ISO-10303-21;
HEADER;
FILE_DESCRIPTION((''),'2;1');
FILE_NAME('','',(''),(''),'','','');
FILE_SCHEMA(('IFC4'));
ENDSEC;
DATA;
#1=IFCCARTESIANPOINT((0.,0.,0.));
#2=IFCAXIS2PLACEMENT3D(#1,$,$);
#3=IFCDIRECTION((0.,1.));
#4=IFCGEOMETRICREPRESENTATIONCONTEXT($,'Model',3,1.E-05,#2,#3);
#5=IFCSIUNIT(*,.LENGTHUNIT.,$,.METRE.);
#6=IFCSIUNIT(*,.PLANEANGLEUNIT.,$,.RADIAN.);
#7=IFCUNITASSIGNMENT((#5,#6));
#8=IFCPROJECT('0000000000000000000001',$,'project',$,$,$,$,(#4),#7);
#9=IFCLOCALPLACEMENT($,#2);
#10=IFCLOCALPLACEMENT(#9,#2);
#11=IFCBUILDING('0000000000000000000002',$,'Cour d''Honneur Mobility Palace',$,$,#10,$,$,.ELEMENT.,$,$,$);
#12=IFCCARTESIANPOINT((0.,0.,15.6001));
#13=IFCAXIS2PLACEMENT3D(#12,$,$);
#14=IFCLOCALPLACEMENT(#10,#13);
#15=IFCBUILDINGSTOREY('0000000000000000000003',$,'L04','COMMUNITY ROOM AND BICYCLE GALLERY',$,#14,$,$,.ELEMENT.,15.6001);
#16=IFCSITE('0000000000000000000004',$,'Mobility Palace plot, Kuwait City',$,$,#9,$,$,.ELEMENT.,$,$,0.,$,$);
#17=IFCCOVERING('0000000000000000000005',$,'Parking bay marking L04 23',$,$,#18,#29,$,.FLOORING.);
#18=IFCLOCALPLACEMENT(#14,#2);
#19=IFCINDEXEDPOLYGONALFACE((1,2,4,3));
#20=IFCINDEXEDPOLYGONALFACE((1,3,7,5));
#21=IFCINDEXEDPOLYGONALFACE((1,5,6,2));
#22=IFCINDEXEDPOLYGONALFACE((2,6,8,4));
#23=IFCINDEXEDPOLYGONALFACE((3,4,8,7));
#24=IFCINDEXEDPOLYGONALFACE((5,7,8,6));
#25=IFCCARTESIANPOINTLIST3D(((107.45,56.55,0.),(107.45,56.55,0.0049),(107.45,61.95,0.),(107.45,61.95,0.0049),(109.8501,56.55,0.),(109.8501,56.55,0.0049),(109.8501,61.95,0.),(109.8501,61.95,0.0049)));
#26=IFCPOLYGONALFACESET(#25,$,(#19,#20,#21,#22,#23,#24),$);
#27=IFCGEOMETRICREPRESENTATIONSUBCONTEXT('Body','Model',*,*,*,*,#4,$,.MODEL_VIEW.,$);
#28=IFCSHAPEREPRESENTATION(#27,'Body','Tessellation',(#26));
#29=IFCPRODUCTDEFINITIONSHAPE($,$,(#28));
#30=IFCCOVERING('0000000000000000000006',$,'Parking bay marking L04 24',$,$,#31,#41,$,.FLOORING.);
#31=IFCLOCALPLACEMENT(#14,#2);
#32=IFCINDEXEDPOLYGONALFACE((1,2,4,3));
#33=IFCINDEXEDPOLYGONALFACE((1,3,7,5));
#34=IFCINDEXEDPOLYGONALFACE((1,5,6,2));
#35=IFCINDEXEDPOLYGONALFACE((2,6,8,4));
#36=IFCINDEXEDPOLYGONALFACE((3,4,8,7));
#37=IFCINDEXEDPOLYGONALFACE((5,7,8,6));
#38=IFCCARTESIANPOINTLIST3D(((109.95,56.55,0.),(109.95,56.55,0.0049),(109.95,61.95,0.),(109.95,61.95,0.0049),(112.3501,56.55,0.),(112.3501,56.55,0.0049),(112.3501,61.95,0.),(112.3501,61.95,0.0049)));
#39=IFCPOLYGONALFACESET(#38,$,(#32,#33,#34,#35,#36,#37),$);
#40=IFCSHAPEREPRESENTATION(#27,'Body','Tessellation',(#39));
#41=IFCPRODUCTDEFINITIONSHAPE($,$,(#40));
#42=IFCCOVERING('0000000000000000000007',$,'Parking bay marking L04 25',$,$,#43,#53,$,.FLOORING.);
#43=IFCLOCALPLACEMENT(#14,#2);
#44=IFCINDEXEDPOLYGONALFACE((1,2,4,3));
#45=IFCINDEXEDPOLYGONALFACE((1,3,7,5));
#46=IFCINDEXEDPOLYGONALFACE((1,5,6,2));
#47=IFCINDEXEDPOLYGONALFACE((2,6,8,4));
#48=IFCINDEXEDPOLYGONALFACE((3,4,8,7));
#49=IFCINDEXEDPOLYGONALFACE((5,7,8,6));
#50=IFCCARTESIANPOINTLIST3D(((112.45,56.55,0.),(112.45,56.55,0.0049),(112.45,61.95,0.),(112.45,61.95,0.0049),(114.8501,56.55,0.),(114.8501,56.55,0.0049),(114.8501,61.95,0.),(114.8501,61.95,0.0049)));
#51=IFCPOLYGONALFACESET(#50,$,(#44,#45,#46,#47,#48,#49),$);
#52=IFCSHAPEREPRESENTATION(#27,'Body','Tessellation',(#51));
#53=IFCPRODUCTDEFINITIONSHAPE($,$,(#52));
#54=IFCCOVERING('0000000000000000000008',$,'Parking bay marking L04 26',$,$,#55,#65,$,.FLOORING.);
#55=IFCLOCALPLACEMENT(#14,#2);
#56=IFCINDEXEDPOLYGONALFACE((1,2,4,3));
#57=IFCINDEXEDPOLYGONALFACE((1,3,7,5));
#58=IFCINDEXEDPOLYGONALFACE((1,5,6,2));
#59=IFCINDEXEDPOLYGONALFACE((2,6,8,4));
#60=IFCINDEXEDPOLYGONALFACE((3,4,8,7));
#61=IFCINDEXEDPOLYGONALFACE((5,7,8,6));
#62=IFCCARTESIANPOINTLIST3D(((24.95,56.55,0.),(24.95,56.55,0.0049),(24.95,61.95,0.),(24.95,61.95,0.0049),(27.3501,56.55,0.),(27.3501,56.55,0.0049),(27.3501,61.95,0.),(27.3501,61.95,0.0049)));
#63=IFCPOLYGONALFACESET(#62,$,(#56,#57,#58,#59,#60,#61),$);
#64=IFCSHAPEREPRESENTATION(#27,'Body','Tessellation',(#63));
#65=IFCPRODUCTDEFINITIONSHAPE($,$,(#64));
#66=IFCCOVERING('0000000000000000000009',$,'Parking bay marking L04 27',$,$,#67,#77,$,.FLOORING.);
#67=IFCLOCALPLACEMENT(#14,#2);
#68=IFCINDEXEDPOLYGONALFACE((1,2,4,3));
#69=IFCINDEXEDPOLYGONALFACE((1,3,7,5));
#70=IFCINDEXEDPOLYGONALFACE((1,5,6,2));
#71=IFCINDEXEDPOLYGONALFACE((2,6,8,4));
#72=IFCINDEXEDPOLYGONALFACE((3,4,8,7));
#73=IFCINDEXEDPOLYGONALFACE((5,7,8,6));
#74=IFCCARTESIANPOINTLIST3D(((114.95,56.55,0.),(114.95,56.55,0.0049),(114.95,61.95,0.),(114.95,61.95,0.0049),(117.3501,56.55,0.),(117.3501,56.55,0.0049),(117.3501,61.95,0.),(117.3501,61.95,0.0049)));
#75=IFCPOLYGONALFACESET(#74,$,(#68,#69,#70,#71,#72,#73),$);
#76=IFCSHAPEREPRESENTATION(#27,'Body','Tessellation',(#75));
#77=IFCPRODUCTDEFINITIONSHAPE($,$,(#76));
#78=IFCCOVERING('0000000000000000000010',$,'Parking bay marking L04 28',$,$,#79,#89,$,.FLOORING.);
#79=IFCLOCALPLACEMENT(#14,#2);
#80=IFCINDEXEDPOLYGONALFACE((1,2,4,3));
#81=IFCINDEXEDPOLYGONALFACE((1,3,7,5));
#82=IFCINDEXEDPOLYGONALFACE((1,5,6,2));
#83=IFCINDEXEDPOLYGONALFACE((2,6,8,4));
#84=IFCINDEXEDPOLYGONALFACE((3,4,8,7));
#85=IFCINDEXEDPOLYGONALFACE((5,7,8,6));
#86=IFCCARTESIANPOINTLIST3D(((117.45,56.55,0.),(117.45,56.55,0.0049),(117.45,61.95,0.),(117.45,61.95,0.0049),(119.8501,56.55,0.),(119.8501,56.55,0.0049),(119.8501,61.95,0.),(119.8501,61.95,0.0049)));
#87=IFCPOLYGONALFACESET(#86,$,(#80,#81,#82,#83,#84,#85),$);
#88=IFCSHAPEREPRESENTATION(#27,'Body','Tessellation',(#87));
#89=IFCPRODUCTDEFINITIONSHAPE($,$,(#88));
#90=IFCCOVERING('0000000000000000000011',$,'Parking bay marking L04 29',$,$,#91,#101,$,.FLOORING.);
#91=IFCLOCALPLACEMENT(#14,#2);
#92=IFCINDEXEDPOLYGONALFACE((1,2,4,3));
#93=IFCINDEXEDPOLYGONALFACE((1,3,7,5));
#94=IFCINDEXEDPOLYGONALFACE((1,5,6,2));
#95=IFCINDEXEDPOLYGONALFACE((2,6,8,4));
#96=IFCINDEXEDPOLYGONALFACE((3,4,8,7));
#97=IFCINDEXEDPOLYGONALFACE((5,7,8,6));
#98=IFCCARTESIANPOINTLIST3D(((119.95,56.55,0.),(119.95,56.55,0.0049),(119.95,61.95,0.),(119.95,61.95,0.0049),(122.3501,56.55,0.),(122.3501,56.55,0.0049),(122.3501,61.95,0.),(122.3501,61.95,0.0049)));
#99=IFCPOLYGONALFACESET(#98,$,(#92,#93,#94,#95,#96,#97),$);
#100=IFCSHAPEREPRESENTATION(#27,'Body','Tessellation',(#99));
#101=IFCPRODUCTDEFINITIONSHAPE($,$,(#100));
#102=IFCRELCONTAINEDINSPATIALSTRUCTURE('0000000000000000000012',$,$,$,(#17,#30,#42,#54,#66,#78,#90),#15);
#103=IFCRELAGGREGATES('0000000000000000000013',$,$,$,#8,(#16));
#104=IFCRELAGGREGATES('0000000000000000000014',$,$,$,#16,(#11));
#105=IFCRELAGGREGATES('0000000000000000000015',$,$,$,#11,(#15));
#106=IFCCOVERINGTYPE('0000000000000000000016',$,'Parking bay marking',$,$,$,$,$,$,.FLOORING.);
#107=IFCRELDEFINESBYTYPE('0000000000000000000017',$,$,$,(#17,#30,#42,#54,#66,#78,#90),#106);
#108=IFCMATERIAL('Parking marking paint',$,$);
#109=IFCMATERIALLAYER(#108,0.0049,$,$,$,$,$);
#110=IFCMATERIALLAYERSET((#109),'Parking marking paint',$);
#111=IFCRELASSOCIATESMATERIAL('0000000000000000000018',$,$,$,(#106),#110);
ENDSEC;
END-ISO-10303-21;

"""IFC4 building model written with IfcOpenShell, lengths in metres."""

from ifc_helpers import new_model, si_unit, direction, frame, origin, place, context, subcontext, project, spatial, polyline, outline, extrude, material, layer, layer_set, type_object, element, save


model = new_model("IFC4")

# Units and contexts
model_context = context("Model", 3, precision=1e-05, world=origin(), true_north=direction((0.0, 1.0)))
body_context = subcontext(model_context, "Body", "Model", "MODEL_VIEW")
ifc_project = project(units=[si_unit("LENGTHUNIT", "METRE"), si_unit("PLANEANGLEUNIT", "RADIAN")], contexts=[model_context])

# Site, building, storey
site_placement = place(None, origin())
site = spatial("IfcSite", under=ifc_project, at=site_placement, Name="Mobility Palace plot, Kuwait City", CompositionType="ELEMENT", RefElevation=0.0)
building_placement = place(site_placement, origin())
building = spatial("IfcBuilding", under=site, at=building_placement, Name="Cour d'Honneur Mobility Palace", CompositionType="ELEMENT")
storey_placement = place(building_placement, frame((0.0, 0.0, 15.6001)))
storey = spatial("IfcBuildingStorey", under=building, at=storey_placement, Name="L04", Description="COMMUNITY ROOM AND BICYCLE GALLERY", CompositionType="ELEMENT", Elevation=15.6001)

# Coverings
ifc_material_1 = material(Name="Parking marking paint")
ifc_layer_1 = layer(ifc_material_1, 0.0049)
ifc_layer_set_1 = layer_set([ifc_layer_1], Name="Parking marking paint")
covering_type_1 = type_object("IfcCoveringType", Name="Parking bay marking", PredefinedType="FLOORING", material=ifc_layer_set_1)
covering_1_placement = place(storey_placement, origin())
element("IfcCovering", 1, at=covering_1_placement, inside=storey, type_object=covering_type_1, Name="Parking bay marking L04 23", PredefinedType="FLOORING", context=body_context, shape_type="SweptSolid", body=[
    extrude(outline(polyline([(109.8501, 56.55), (107.45, 56.55), (107.45, 61.95), (109.8501, 61.95), (109.8501, 56.55)])), origin(), (0.0, 0.0, 1.0), 0.0049),
])
covering_2_placement = place(storey_placement, origin())
element("IfcCovering", 2, at=covering_2_placement, inside=storey, type_object=covering_type_1, Name="Parking bay marking L04 24", PredefinedType="FLOORING", context=body_context, shape_type="SweptSolid", body=[
    extrude(outline(polyline([(112.3501, 56.55), (109.95, 56.55), (109.95, 61.95), (112.3501, 61.95), (112.3501, 56.55)])), origin(), (0.0, 0.0, 1.0), 0.0049),
])
covering_3_placement = place(storey_placement, origin())
element("IfcCovering", 3, at=covering_3_placement, inside=storey, type_object=covering_type_1, Name="Parking bay marking L04 25", PredefinedType="FLOORING", context=body_context, shape_type="SweptSolid", body=[
    extrude(outline(polyline([(114.8501, 56.55), (112.45, 56.55), (112.45, 61.95), (114.8501, 61.95), (114.8501, 56.55)])), origin(), (0.0, 0.0, 1.0), 0.0049),
])
covering_4_placement = place(storey_placement, origin())
element("IfcCovering", 4, at=covering_4_placement, inside=storey, type_object=covering_type_1, Name="Parking bay marking L04 26", PredefinedType="FLOORING", context=body_context, shape_type="SweptSolid", body=[
    extrude(outline(polyline([(27.3501, 56.55), (24.95, 56.55), (24.95, 61.95), (27.3501, 61.95), (27.3501, 56.55)])), origin(), (0.0, 0.0, 1.0), 0.0049),
])
covering_5_placement = place(storey_placement, origin())
element("IfcCovering", 5, at=covering_5_placement, inside=storey, type_object=covering_type_1, Name="Parking bay marking L04 27", PredefinedType="FLOORING", context=body_context, shape_type="SweptSolid", body=[
    extrude(outline(polyline([(117.3501, 56.55), (114.95, 56.55), (114.95, 61.95), (117.3501, 61.95), (117.3501, 56.55)])), origin(), (0.0, 0.0, 1.0), 0.0049),
])
covering_6_placement = place(storey_placement, origin())
element("IfcCovering", 6, at=covering_6_placement, inside=storey, type_object=covering_type_1, Name="Parking bay marking L04 28", PredefinedType="FLOORING", context=body_context, shape_type="SweptSolid", body=[
    extrude(outline(polyline([(119.8501, 56.55), (117.45, 56.55), (117.45, 61.95), (119.8501, 61.95), (119.8501, 56.55)])), origin(), (0.0, 0.0, 1.0), 0.0049),
])
covering_7_placement = place(storey_placement, origin())
element("IfcCovering", 7, at=covering_7_placement, inside=storey, type_object=covering_type_1, Name="Parking bay marking L04 29", PredefinedType="FLOORING", context=body_context, shape_type="SweptSolid", body=[
    extrude(outline(polyline([(122.3501, 56.55), (119.95, 56.55), (119.95, 61.95), (122.3501, 61.95), (122.3501, 56.55)])), origin(), (0.0, 0.0, 1.0), 0.0049),
])

save(model, "model.ifc")
